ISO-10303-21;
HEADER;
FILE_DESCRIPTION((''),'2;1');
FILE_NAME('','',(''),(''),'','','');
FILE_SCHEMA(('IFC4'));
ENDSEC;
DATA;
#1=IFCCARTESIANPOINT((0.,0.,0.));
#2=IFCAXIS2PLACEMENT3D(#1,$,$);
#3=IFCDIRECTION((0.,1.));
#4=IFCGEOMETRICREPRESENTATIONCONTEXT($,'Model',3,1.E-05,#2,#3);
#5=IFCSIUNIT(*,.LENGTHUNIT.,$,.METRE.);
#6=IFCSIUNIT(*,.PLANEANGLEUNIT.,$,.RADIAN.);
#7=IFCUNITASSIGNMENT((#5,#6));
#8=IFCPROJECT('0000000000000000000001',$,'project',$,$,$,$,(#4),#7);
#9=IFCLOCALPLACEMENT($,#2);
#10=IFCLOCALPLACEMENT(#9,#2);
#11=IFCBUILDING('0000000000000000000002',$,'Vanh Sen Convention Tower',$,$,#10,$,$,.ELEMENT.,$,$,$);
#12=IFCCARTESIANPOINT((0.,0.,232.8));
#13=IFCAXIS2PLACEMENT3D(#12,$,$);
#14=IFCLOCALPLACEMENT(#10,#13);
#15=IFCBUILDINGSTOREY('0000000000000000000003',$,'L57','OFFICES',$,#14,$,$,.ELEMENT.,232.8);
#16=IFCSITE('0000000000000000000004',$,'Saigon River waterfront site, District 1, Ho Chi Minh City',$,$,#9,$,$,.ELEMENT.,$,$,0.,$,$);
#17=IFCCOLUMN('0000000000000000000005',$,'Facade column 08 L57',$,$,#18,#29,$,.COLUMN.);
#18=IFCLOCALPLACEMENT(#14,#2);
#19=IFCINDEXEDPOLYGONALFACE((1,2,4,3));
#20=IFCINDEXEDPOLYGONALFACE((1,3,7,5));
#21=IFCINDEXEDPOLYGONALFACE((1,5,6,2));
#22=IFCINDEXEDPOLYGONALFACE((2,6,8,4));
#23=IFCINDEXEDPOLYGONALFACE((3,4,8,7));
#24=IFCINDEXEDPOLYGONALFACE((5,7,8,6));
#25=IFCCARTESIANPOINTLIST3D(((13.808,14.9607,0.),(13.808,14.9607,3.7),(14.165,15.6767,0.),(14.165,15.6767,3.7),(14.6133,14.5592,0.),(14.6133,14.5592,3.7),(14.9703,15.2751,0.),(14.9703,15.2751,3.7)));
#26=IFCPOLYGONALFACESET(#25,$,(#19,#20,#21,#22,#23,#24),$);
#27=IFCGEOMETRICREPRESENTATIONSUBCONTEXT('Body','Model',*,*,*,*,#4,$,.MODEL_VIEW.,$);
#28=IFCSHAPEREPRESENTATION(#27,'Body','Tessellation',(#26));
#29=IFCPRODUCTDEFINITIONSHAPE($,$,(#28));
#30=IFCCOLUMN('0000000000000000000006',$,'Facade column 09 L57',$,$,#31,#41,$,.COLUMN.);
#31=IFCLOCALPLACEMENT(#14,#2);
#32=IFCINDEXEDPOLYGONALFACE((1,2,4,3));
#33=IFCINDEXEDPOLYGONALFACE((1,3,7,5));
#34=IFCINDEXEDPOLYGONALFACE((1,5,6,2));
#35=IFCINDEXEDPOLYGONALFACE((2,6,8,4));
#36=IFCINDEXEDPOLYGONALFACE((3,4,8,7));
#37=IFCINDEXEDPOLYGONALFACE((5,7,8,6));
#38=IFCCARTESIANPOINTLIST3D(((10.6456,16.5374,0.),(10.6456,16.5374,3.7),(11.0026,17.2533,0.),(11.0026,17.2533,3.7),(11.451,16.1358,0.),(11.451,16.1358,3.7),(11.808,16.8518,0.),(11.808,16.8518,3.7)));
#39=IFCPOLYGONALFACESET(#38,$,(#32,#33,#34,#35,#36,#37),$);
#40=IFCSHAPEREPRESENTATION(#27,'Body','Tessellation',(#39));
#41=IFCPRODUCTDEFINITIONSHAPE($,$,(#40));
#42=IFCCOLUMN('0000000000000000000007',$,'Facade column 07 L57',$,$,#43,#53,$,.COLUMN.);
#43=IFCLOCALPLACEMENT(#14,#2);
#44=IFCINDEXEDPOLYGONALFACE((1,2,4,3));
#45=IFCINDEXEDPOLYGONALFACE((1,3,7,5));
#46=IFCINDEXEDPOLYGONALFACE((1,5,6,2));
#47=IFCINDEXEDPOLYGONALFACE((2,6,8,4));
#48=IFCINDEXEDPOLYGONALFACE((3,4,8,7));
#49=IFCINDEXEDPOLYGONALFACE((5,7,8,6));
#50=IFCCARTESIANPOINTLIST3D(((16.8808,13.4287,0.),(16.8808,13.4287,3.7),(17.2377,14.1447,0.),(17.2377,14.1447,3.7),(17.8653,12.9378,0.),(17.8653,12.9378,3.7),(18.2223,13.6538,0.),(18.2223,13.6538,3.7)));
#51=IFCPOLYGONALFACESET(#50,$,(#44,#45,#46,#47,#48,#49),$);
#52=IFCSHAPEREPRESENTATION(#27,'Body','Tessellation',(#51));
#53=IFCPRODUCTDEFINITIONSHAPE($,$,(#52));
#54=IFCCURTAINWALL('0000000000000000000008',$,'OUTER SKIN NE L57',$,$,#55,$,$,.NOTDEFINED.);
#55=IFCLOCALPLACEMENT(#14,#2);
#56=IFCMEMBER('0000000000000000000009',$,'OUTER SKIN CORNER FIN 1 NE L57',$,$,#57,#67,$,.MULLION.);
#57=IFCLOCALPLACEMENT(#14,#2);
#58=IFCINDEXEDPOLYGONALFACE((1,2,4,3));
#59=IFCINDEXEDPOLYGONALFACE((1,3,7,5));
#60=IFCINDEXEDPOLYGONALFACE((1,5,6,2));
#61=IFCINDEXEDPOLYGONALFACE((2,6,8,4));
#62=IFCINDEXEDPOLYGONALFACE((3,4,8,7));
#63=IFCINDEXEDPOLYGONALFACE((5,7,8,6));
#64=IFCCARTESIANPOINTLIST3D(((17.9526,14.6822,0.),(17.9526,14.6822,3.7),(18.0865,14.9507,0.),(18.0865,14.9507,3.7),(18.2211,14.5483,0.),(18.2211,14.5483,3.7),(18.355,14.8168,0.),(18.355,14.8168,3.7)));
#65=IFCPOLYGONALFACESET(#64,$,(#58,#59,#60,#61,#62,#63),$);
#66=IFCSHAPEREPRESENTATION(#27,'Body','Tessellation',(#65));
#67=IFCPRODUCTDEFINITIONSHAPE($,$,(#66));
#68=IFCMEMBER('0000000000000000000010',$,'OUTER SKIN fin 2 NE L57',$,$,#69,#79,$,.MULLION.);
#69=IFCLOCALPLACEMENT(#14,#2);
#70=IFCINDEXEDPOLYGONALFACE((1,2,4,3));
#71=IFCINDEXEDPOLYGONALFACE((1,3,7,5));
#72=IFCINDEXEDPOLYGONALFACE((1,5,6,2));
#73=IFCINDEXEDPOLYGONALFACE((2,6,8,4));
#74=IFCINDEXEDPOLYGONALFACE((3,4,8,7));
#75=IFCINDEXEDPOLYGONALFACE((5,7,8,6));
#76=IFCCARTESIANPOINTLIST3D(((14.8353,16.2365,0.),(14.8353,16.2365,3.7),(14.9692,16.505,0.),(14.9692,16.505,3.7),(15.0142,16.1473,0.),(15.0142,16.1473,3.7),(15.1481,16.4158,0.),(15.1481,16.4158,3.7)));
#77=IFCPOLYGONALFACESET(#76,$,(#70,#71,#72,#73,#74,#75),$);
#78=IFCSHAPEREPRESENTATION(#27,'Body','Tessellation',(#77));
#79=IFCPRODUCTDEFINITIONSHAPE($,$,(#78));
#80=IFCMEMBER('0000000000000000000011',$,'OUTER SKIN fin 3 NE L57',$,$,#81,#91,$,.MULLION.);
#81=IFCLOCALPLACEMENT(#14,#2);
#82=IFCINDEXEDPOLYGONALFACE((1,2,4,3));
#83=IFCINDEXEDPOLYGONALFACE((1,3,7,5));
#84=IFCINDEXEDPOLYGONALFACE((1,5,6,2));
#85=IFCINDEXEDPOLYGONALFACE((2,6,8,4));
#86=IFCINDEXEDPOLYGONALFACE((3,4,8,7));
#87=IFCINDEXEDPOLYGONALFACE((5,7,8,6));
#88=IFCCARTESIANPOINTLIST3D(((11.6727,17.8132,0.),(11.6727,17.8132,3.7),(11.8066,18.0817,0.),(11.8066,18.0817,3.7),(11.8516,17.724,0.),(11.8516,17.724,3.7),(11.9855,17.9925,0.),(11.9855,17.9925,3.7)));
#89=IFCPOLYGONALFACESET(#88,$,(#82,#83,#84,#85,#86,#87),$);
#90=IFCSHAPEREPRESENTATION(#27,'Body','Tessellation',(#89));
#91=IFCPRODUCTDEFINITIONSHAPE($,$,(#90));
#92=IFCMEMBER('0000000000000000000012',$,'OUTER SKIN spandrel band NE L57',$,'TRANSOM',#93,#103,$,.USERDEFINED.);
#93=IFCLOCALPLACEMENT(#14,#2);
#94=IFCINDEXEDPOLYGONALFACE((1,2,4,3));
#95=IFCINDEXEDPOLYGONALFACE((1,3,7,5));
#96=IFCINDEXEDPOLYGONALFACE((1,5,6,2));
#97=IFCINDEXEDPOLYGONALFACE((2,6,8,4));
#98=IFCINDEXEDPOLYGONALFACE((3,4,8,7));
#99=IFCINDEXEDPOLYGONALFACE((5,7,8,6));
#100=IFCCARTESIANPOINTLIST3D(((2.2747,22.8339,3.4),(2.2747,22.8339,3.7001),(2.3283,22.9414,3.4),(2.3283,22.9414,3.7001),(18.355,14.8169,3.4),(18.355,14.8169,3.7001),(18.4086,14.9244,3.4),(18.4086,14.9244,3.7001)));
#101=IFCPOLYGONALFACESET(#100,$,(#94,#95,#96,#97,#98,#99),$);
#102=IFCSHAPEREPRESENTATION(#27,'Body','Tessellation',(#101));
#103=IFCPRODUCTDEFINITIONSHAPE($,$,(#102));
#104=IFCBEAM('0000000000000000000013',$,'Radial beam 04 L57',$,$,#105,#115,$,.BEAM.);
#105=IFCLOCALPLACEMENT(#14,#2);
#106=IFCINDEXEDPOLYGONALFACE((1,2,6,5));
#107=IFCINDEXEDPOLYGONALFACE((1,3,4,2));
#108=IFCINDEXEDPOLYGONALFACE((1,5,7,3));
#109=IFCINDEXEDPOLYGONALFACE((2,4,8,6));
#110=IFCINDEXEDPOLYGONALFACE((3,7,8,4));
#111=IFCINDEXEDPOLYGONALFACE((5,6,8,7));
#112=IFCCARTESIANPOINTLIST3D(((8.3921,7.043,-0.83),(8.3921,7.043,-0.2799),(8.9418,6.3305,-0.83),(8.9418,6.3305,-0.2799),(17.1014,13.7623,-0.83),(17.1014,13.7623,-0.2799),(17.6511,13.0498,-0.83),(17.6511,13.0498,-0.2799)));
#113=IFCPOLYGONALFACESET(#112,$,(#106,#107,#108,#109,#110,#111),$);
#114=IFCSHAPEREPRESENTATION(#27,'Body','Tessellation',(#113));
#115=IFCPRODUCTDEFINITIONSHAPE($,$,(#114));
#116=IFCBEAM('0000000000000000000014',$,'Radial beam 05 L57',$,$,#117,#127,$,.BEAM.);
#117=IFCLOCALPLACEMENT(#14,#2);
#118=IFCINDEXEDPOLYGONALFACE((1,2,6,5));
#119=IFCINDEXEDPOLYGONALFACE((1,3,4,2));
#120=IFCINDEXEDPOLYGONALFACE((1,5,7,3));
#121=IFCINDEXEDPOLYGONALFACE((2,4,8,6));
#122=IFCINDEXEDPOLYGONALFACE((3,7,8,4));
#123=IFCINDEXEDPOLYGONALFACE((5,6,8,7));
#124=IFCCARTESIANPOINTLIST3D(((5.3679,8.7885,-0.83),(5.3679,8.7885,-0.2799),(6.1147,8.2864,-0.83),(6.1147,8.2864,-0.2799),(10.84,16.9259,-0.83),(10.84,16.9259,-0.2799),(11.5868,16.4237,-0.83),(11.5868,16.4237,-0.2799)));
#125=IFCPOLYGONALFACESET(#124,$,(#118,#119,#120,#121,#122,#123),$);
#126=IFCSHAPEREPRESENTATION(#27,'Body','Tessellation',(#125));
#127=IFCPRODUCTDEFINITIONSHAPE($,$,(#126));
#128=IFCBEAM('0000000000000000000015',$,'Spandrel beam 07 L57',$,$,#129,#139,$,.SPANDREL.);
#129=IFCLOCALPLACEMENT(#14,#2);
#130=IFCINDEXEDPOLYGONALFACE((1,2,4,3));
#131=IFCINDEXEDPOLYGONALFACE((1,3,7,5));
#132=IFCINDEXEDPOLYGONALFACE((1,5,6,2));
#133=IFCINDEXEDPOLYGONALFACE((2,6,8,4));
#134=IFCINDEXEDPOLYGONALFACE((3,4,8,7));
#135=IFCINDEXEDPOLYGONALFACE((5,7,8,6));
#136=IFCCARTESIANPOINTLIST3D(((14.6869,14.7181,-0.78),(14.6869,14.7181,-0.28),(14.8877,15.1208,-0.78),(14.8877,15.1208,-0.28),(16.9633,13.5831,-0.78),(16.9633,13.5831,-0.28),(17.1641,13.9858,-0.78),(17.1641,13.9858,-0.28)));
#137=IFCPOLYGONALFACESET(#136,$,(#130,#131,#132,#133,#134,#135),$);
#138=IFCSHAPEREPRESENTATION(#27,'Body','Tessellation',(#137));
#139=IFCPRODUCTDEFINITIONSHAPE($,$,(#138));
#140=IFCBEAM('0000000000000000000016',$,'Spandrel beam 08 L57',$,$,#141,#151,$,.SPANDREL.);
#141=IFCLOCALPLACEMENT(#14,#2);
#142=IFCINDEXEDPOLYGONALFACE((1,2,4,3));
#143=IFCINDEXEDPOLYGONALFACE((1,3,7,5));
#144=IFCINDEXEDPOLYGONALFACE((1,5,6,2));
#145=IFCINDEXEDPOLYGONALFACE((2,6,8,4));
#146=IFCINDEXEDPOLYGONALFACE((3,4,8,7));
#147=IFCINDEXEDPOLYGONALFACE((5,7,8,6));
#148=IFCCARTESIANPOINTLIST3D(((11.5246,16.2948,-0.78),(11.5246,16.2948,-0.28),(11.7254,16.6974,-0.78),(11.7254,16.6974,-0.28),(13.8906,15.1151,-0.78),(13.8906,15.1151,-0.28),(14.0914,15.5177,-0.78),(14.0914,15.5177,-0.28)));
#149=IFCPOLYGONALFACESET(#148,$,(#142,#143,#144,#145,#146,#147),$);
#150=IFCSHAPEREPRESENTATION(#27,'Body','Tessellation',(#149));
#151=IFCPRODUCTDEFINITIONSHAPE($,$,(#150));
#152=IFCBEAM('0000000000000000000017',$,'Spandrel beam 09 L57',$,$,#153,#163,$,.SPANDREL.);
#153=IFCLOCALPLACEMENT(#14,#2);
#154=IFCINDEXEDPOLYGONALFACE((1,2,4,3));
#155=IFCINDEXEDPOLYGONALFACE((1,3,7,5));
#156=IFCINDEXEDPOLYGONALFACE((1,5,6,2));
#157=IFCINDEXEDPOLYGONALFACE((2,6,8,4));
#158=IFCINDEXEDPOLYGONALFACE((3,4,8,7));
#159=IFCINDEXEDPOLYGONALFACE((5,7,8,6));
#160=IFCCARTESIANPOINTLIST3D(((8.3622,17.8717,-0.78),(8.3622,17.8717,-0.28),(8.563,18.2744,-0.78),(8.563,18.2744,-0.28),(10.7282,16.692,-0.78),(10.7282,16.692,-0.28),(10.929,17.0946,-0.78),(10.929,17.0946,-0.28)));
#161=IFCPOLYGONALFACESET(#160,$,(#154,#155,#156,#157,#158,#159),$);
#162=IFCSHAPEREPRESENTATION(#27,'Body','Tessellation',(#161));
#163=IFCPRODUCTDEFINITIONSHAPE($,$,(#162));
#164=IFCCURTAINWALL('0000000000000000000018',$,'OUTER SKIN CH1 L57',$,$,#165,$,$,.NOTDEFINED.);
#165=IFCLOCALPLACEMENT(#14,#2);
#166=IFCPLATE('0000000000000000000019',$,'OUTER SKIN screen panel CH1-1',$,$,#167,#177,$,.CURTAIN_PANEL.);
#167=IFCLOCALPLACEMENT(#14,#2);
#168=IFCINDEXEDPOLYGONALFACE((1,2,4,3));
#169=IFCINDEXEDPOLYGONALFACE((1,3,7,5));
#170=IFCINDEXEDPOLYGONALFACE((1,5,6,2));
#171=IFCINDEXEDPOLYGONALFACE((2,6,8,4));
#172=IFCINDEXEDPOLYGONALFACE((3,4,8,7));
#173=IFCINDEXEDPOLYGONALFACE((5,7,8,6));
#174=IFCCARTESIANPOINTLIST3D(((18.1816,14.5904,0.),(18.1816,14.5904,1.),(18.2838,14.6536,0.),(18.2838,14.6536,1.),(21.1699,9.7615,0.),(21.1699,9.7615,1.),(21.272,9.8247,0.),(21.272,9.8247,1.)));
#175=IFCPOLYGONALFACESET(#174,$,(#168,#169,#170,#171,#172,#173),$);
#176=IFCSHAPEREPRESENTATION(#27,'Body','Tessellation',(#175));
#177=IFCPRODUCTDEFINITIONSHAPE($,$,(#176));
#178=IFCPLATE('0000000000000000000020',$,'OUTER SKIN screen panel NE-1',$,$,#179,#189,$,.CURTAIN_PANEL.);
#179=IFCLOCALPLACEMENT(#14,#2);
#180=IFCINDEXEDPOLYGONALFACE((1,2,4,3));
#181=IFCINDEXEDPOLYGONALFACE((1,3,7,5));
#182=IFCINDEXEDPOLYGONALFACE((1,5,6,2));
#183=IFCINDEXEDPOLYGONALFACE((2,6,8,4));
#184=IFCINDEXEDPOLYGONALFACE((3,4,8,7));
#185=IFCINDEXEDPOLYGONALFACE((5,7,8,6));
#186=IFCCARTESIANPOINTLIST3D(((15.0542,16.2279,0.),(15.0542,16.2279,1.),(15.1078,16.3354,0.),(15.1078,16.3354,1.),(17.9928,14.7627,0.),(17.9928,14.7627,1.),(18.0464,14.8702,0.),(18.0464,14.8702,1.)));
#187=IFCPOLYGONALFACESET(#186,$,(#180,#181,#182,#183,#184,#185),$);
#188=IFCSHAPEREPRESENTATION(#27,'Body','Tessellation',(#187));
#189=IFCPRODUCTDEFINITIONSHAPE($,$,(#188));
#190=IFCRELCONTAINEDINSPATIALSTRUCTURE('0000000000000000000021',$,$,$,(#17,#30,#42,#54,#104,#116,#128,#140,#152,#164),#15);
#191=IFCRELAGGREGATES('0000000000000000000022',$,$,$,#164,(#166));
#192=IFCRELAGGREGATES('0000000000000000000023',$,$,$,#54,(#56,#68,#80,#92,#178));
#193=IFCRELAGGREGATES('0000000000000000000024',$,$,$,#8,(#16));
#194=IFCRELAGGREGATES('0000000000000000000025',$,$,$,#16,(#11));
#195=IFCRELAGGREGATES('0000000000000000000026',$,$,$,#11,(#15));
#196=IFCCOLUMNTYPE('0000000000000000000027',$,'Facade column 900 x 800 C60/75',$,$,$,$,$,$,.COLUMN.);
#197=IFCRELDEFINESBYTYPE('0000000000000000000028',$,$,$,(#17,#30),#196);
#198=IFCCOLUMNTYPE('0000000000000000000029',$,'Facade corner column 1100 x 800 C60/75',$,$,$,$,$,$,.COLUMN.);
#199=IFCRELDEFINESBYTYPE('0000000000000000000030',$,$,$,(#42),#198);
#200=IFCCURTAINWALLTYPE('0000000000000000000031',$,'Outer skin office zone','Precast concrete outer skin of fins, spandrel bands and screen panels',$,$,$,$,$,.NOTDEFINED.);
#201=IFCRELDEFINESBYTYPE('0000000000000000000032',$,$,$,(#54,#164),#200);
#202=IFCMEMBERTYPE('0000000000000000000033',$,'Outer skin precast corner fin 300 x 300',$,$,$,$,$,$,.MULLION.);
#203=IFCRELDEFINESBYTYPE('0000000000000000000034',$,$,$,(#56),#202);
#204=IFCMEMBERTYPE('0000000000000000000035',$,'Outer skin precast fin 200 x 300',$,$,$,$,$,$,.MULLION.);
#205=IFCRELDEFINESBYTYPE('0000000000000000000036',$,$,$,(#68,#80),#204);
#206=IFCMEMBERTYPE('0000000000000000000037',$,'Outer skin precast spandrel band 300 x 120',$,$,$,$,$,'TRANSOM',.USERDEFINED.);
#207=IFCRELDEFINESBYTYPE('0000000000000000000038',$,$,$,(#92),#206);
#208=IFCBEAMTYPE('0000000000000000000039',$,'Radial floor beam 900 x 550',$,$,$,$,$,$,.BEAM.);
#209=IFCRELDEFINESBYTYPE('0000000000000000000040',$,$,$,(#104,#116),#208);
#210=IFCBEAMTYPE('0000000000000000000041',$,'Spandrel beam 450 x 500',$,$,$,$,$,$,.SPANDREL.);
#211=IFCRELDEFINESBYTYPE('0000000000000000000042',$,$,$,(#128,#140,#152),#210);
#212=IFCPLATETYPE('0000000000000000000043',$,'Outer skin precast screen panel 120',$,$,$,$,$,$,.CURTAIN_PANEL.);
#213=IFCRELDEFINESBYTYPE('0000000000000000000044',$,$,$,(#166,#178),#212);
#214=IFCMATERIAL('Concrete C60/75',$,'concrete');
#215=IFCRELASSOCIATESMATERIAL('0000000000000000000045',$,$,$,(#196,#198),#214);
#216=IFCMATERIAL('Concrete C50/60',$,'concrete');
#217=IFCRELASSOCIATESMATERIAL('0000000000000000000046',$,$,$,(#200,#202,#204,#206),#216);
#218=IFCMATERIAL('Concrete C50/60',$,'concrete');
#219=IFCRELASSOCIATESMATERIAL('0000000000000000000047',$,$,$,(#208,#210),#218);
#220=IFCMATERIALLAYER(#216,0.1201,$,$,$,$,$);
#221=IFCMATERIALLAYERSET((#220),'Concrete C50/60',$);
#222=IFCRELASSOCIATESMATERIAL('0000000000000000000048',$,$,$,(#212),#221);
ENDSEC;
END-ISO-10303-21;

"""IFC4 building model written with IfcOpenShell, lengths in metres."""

from ifc_helpers import new_model, si_unit, direction, frame, origin, origin_2d, place, context, subcontext, project, spatial, rectangle, extrude, material, layer, layer_set, material_profile, profile_set, type_object, element, aggregate, save


model = new_model("IFC4")

# Units and contexts
model_context = context("Model", 3, precision=1e-05, world=origin(), true_north=direction((0.0, 1.0)))
body_context = subcontext(model_context, "Body", "Model", "MODEL_VIEW")
ifc_project = project(units=[si_unit("LENGTHUNIT", "METRE"), si_unit("PLANEANGLEUNIT", "RADIAN")], contexts=[model_context])

# Site, building, storey
site_placement = place(None, origin())
site = spatial("IfcSite", under=ifc_project, at=site_placement, Name="Saigon River waterfront site, District 1, Ho Chi Minh City", CompositionType="ELEMENT", RefElevation=0.0)
building_placement = place(site_placement, origin())
building = spatial("IfcBuilding", under=site, at=building_placement, Name="Vanh Sen Convention Tower", CompositionType="ELEMENT")
storey_placement = place(building_placement, frame((0.0, 0.0, 232.8)))
storey = spatial("IfcBuildingStorey", under=building, at=storey_placement, Name="L57", Description="OFFICES", CompositionType="ELEMENT", Elevation=232.8)

# Columns
ifc_material_1 = material(Name="Concrete C60/75", Category="concrete")
ifc_material_profile_1 = material_profile(ifc_material_1, rectangle(XDim=0.8999, YDim=0.8, at=origin_2d()), Name="RC 900X800")
ifc_profile_set_1 = profile_set([ifc_material_profile_1], Name="Concrete C60/75")
column_type_1 = type_object("IfcColumnType", Name="Facade column 900 x 800 C60/75", PredefinedType="COLUMN", material=ifc_profile_set_1)
for number, where, z_axis, x_axis, name in (
    (1, (14.3892, 15.1179, 0.0), (0.0, 0.0, 1.0), (-0.894934, 0.446198, 0.0), "Facade column 08 L57"),
    (2, (11.2268, 16.6946, 0.0), (0.0, 0.0, 1.0), (-0.894934, 0.446198, 0.0), "Facade column 09 L57"),
):
    element("IfcColumn", number, at=place(storey_placement, frame(where, z_axis=z_axis, x_axis=x_axis)), inside=storey, type_object=column_type_1, Name=name, PredefinedType="COLUMN", context=body_context, shape_type="SweptSolid", body=[
        extrude(rectangle(XDim=0.8999, YDim=0.8, at=origin_2d()), origin(), (0.0, 0.0, 1.0), 3.7),
    ])
ifc_material_profile_2 = material_profile(ifc_material_1, rectangle(XDim=1.1001, YDim=0.8, at=origin_2d()), Name="RC 1100X800")
ifc_profile_set_2 = profile_set([ifc_material_profile_2], Name="Concrete C60/75")
column_type_2 = type_object("IfcColumnType", Name="Facade corner column 1100 x 800 C60/75", PredefinedType="COLUMN", material=ifc_profile_set_2)
column_placement = place(storey_placement, frame((17.5515, 13.5413, 0.0), z_axis=(0.0, 0.0, 1.0), x_axis=(-0.894934, 0.446198, 0.0)))
element("IfcColumn", 3, at=column_placement, inside=storey, type_object=column_type_2, Name="Facade column 07 L57", PredefinedType="COLUMN", context=body_context, shape_type="SweptSolid", body=[
    extrude(rectangle(XDim=1.1001, YDim=0.8, at=origin_2d()), origin(), (0.0, 0.0, 1.0), 3.7),
])

# Curtain wall, members
ifc_material_2 = material(Name="Concrete C50/60", Category="concrete")
curtain_wall_type = type_object("IfcCurtainWallType", Name="Outer skin office zone", Description="Precast concrete outer skin of fins, spandrel bands and screen panels", PredefinedType="NOTDEFINED", material=ifc_material_2)
curtain_wall_1_placement = place(storey_placement, origin())
curtain_wall_1 = element("IfcCurtainWall", 4, at=curtain_wall_1_placement, inside=storey, type_object=curtain_wall_type, Name="OUTER SKIN NE L57", PredefinedType="NOTDEFINED")
ifc_material_profile_3 = material_profile(ifc_material_2, rectangle(XDim=0.3, YDim=0.3, at=origin_2d()), Name="Outer skin precast corner fin 300 x 300")
ifc_profile_set_3 = profile_set([ifc_material_profile_3], Name="Concrete C50/60")
member_type_1 = type_object("IfcMemberType", Name="Outer skin precast corner fin 300 x 300", PredefinedType="MULLION", material=ifc_profile_set_3)
member_1_placement = place(storey_placement, frame((18.1538, 14.7495, 0.0), z_axis=(0.0, 0.0, 1.0), x_axis=(-0.894934, 0.446198, 0.0)))
member_1 = element("IfcMember", 5, at=member_1_placement, type_object=member_type_1, Name="OUTER SKIN CORNER FIN 1 NE L57", PredefinedType="MULLION", context=body_context, shape_type="SweptSolid", body=[
    extrude(rectangle(XDim=0.3, YDim=0.3, at=origin_2d()), origin(), (0.0, 0.0, 1.0), 3.7),
])
ifc_material_profile_4 = material_profile(ifc_material_2, rectangle(XDim=0.2, YDim=0.3, at=origin_2d()), Name="Outer skin precast fin 200 x 300")
ifc_profile_set_4 = profile_set([ifc_material_profile_4], Name="Concrete C50/60")
member_type_2 = type_object("IfcMemberType", Name="Outer skin precast fin 200 x 300", PredefinedType="MULLION", material=ifc_profile_set_4)
member_2_placement = place(storey_placement, frame((14.9917, 16.3262, 0.0), z_axis=(0.0, 0.0, 1.0), x_axis=(-0.894934, 0.446198, 0.0)))
member_2 = element("IfcMember", 6, at=member_2_placement, type_object=member_type_2, Name="OUTER SKIN fin 2 NE L57", PredefinedType="MULLION", context=body_context, shape_type="SweptSolid", body=[
    extrude(rectangle(XDim=0.2, YDim=0.3, at=origin_2d()), origin(), (0.0, 0.0, 1.0), 3.7),
])
member_3_placement = place(storey_placement, frame((11.8291, 17.9028, 0.0), z_axis=(0.0, 0.0, 1.0), x_axis=(-0.894934, 0.446198, 0.0)))
member_3 = element("IfcMember", 7, at=member_3_placement, type_object=member_type_2, Name="OUTER SKIN fin 3 NE L57", PredefinedType="MULLION", context=body_context, shape_type="SweptSolid", body=[
    extrude(rectangle(XDim=0.2, YDim=0.3, at=origin_2d()), origin(), (0.0, 0.0, 1.0), 3.7),
])
ifc_material_profile_5 = material_profile(ifc_material_2, rectangle(XDim=0.1201, YDim=0.3, at=origin_2d()), Name="Outer skin precast spandrel band 300 x 120")
ifc_profile_set_5 = profile_set([ifc_material_profile_5], Name="Concrete C50/60")
member_type_3 = type_object("IfcMemberType", Name="Outer skin precast spandrel band 300 x 120", ElementType="TRANSOM", PredefinedType="USERDEFINED", material=ifc_profile_set_5)
member_4_placement = place(storey_placement, frame((18.3818, 14.8706, 3.55), z_axis=(-0.89494, 0.446186, 0.0), x_axis=(-0.446186, -0.89494, 0.0)))
member_4 = element("IfcMember", 8, at=member_4_placement, type_object=member_type_3, Name="OUTER SKIN spandrel band NE L57", ObjectType="TRANSOM", PredefinedType="USERDEFINED", context=body_context, shape_type="SweptSolid", body=[
    extrude(rectangle(XDim=0.1201, YDim=0.3, at=origin_2d()), origin(), (0.0, 0.0, 1.0), 17.968),
])

# Beams
ifc_material_3 = material(Name="Concrete C50/60", Category="concrete")
ifc_material_profile_6 = material_profile(ifc_material_3, rectangle(XDim=0.8999, YDim=0.55, at=origin_2d()), Name="RC 900X550")
ifc_profile_set_6 = profile_set([ifc_material_profile_6], Name="Concrete C50/60")
beam_type_1 = type_object("IfcBeamType", Name="Radial floor beam 900 x 550", PredefinedType="BEAM", material=ifc_profile_set_6)
beam_1_placement = place(storey_placement, frame((17.3762, 13.406, -0.5549), z_axis=(-0.791752, -0.610843, 0.0), x_axis=(0.610843, -0.791752, 0.0)))
element("IfcBeam", 9, at=beam_1_placement, inside=storey, type_object=beam_type_1, Name="Radial beam 04 L57", PredefinedType="BEAM", context=body_context, shape_type="SweptSolid", body=[
    extrude(rectangle(XDim=0.8999, YDim=0.55, at=origin_2d()), origin(), (0.0, 0.0, 1.0), 11.0),
])
beam_2_placement = place(storey_placement, frame((11.2134, 16.6748, -0.5549), z_axis=(-0.558028, -0.829822, 0.0), x_axis=(0.829822, -0.558028, 0.0)))
element("IfcBeam", 10, at=beam_2_placement, inside=storey, type_object=beam_type_1, Name="Radial beam 05 L57", PredefinedType="BEAM", context=body_context, shape_type="SweptSolid", body=[
    extrude(rectangle(XDim=0.8999, YDim=0.55, at=origin_2d()), origin(), (0.0, 0.0, 1.0), 9.8062),
])
ifc_material_profile_7 = material_profile(ifc_material_3, rectangle(XDim=0.45, YDim=0.5, at=origin_2d()), Name="RC 450X500")
ifc_profile_set_7 = profile_set([ifc_material_profile_7], Name="Concrete C50/60")
beam_type_2 = type_object("IfcBeamType", Name="Spandrel beam 450 x 500", PredefinedType="SPANDREL", material=ifc_profile_set_7)
beam_3_placement = place(storey_placement, frame((17.0637, 13.7844, -0.53), z_axis=(-0.894926, 0.446215, 0.0), x_axis=(-0.446215, -0.894926, 0.0)))
element("IfcBeam", 11, at=beam_3_placement, inside=storey, type_object=beam_type_2, Name="Spandrel beam 07 L57", PredefinedType="SPANDREL", context=body_context, shape_type="SweptSolid", body=[
    extrude(rectangle(XDim=0.45, YDim=0.5, at=origin_2d()), origin(), (0.0, 0.0, 1.0), 2.5437),
])
for number, where, z_axis, x_axis, name in (
    (12, (13.991, 15.3164, -0.53), (-0.894925, 0.446216, 0.0), (-0.446216, -0.894925, 0.0), "Spandrel beam 08 L57"),
    (13, (10.8286, 16.8933, -0.53), (-0.894925, 0.446216, 0.0), (-0.446216, -0.894925, 0.0), "Spandrel beam 09 L57"),
):
    element("IfcBeam", number, at=place(storey_placement, frame(where, z_axis=z_axis, x_axis=x_axis)), inside=storey, type_object=beam_type_2, Name=name, PredefinedType="SPANDREL", context=body_context, shape_type="SweptSolid", body=[
        extrude(rectangle(XDim=0.45, YDim=0.5, at=origin_2d()), origin(), (0.0, 0.0, 1.0), 2.6438),
    ])

# Curtain wall, plate
curtain_wall_2_placement = place(storey_placement, origin())
curtain_wall_2 = element("IfcCurtainWall", 14, at=curtain_wall_2_placement, inside=storey, type_object=curtain_wall_type, Name="OUTER SKIN CH1 L57", PredefinedType="NOTDEFINED")
ifc_layer_1 = layer(ifc_material_2, 0.1201)
ifc_layer_set_1 = layer_set([ifc_layer_1], Name="Concrete C50/60")
plate_type = type_object("IfcPlateType", Name="Outer skin precast screen panel 120", PredefinedType="CURTAIN_PANEL", material=ifc_layer_set_1)
plate_1_placement = place(storey_placement, frame((19.7268, 12.2075, 0.0), z_axis=(0.0, 0.0, 1.0), x_axis=(-0.526217, 0.85035, 0.0)))
plate_1 = element("IfcPlate", 15, at=plate_1_placement, type_object=plate_type, Name="OUTER SKIN screen panel CH1-1", PredefinedType="CURTAIN_PANEL", context=body_context, shape_type="SweptSolid", body=[
    extrude(rectangle(XDim=5.6787, YDim=0.1201, at=origin_2d()), origin(), (0.0, 0.0, 1.0), 1.0),
])
aggregate(curtain_wall_2, [plate_1])

# Plate
plate_2_placement = place(storey_placement, frame((16.5503, 15.5491, 0.0), z_axis=(0.0, 0.0, 1.0), x_axis=(-0.89493, 0.446206, 0.0)))
plate_2 = element("IfcPlate", 16, at=plate_2_placement, type_object=plate_type, Name="OUTER SKIN screen panel NE-1", PredefinedType="CURTAIN_PANEL", context=body_context, shape_type="SweptSolid", body=[
    extrude(rectangle(XDim=3.2837, YDim=0.1201, at=origin_2d()), origin(), (0.0, 0.0, 1.0), 1.0),
])
aggregate(curtain_wall_1, [member_1, member_2, member_3, member_4, plate_2])

save(model, "model.ifc")
